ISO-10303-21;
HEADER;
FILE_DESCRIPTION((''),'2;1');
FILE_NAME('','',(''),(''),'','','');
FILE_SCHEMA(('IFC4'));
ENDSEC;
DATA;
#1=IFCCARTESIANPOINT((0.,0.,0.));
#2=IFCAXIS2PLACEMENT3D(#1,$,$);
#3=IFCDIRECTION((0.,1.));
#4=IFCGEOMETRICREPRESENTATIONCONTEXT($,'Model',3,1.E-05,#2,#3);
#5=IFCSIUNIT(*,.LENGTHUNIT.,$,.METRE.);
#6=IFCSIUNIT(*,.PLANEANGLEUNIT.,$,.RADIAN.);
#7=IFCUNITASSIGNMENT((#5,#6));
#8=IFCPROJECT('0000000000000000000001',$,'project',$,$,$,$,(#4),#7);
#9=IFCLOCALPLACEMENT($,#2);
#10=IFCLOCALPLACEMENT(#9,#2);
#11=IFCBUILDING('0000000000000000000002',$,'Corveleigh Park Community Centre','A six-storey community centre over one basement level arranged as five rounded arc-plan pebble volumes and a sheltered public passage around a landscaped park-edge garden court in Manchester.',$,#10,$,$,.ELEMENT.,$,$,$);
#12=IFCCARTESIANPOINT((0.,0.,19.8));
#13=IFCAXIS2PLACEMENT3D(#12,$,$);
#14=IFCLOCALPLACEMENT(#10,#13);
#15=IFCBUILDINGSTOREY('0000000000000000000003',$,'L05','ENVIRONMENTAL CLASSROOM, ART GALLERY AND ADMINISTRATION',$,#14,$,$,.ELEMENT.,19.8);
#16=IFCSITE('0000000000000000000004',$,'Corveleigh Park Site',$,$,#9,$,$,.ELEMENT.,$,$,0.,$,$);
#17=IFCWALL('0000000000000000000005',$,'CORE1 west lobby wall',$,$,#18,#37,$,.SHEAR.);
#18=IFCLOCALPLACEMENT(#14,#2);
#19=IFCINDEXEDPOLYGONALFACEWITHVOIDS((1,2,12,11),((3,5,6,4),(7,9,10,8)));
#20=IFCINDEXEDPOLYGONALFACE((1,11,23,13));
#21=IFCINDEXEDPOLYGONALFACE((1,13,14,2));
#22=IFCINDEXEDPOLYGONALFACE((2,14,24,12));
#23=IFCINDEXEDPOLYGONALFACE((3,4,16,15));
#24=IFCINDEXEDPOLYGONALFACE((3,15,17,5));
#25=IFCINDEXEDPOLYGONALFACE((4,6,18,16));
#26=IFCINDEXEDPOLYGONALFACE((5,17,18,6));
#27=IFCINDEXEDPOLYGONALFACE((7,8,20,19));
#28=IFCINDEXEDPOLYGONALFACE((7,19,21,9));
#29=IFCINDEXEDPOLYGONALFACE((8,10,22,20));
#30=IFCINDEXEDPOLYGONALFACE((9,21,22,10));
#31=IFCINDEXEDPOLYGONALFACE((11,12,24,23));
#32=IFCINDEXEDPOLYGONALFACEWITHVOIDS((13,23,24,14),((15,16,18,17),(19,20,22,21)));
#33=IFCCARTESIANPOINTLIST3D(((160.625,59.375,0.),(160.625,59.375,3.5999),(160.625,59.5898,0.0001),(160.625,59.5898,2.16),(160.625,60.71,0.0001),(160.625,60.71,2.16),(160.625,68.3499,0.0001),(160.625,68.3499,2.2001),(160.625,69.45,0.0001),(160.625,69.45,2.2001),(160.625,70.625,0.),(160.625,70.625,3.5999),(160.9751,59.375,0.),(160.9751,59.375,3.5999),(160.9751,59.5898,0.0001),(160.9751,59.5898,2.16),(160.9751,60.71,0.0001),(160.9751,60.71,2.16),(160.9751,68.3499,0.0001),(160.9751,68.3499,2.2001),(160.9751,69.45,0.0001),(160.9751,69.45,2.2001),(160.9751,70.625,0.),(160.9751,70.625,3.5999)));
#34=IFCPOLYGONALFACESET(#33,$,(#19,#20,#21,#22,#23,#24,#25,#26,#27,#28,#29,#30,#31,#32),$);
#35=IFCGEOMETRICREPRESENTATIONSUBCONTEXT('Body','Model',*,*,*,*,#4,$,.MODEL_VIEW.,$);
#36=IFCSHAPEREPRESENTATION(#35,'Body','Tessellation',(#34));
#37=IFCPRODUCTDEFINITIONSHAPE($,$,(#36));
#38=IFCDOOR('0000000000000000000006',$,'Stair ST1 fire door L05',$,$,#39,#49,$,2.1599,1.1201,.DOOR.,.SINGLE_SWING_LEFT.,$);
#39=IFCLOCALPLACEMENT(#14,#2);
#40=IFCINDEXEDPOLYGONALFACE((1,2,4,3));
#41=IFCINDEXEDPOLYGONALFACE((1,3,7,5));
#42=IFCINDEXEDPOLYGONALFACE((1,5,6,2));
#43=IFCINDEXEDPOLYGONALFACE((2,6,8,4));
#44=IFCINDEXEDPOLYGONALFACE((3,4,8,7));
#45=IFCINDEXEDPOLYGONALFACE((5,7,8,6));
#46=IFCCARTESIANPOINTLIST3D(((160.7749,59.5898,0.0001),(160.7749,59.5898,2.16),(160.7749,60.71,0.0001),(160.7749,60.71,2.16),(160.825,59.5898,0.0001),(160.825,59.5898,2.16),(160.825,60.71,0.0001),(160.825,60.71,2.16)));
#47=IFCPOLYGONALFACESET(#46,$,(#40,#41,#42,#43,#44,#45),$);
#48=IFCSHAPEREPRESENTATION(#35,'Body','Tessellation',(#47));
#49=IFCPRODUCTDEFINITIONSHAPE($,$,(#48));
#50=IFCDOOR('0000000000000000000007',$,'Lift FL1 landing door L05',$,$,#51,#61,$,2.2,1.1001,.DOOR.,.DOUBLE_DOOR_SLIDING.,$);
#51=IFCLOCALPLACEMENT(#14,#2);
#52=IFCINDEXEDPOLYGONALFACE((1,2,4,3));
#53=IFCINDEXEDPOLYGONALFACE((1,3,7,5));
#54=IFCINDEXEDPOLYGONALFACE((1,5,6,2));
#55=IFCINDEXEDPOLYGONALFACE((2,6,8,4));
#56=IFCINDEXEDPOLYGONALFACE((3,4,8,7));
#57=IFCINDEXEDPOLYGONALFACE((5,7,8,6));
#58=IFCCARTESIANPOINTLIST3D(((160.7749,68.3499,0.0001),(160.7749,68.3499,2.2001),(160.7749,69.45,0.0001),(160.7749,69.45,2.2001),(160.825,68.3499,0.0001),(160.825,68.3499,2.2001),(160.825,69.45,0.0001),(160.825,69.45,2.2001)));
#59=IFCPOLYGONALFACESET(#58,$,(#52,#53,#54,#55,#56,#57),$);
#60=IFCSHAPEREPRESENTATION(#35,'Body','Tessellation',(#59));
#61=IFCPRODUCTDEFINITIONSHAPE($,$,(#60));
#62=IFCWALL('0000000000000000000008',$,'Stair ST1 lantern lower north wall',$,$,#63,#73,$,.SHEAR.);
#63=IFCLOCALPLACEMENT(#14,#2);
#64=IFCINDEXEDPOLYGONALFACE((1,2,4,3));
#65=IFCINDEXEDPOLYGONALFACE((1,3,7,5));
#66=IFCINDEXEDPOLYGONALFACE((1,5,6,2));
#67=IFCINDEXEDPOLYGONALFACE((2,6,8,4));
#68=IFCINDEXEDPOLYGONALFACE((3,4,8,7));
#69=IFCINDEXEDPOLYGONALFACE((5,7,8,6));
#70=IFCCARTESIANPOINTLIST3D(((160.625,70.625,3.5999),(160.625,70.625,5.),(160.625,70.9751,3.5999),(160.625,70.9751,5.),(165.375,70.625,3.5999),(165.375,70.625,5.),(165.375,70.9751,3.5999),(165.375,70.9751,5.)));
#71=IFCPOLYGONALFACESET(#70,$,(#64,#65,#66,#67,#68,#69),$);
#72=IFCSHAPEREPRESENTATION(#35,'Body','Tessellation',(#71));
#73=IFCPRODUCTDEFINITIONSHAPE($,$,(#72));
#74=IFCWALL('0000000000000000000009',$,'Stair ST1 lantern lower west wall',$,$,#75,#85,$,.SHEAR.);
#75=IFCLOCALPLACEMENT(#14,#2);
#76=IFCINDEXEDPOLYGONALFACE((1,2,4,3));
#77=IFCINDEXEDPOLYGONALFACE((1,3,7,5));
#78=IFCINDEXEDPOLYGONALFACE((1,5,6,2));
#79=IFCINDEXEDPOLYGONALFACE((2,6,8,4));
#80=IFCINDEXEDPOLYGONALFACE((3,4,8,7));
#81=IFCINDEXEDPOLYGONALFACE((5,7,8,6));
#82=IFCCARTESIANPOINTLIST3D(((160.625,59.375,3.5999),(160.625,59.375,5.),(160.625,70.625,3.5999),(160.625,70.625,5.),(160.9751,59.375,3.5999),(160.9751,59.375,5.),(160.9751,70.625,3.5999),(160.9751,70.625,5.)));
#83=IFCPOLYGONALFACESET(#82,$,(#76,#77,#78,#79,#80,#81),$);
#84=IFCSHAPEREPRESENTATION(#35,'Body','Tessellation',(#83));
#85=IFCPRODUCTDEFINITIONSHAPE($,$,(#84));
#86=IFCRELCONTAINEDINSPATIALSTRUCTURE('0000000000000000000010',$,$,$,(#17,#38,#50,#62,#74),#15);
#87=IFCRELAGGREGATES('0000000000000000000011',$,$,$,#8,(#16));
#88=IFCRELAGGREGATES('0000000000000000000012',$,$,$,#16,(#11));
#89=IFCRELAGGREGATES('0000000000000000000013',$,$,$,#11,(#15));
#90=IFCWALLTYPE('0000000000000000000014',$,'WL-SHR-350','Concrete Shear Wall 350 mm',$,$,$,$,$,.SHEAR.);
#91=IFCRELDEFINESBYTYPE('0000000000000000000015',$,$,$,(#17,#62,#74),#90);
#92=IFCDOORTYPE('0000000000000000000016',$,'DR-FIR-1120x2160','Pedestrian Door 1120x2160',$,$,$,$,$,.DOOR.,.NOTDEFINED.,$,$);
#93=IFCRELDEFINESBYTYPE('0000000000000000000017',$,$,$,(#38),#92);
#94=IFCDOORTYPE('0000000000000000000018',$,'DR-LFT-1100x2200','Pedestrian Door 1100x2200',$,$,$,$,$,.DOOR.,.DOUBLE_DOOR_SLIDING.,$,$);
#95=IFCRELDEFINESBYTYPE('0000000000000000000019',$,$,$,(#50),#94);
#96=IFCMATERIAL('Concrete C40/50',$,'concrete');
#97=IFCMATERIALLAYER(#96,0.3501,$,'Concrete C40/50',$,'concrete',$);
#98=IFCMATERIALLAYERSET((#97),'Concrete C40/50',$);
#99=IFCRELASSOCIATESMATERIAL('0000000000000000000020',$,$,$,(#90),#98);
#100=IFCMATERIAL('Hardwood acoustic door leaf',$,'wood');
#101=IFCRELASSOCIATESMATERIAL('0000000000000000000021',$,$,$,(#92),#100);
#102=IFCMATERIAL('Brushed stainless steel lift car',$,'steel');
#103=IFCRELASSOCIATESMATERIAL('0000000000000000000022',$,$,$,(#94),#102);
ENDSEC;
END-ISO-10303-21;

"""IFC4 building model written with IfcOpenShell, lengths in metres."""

from ifc_helpers import new_model, si_unit, direction, frame, frame_2d, origin, place, context, subcontext, project, spatial, rectangle, extrude, material, layer, layer_set, type_object, element, fill, save


model = new_model("IFC4")

# Units and contexts
model_context = context("Model", 3, precision=1e-05, world=origin(), true_north=direction((0.0, 1.0)))
body_context = subcontext(model_context, "Body", "Model", "MODEL_VIEW")
ifc_project = project(units=[si_unit("LENGTHUNIT", "METRE"), si_unit("PLANEANGLEUNIT", "RADIAN")], contexts=[model_context])

# Site, building, storey
site_placement = place(None, origin())
site = spatial("IfcSite", under=ifc_project, at=site_placement, Name="Corveleigh Park Site", CompositionType="ELEMENT", RefElevation=0.0)
building_placement = place(site_placement, origin())
building = spatial("IfcBuilding", under=site, at=building_placement, Name="Corveleigh Park Community Centre", Description="A six-storey community centre over one basement level arranged as five rounded arc-plan pebble volumes and a sheltered public passage around a landscaped park-edge garden court in Manchester.", CompositionType="ELEMENT")
storey_placement = place(building_placement, frame((0.0, 0.0, 19.8)))
storey = spatial("IfcBuildingStorey", under=building, at=storey_placement, Name="L05", Description="ENVIRONMENTAL CLASSROOM, ART GALLERY AND ADMINISTRATION", CompositionType="ELEMENT", Elevation=19.8)

# Shared definitions
ifc_material_1 = material(Name="Concrete C40/50", Category="concrete")
ifc_layer_1 = layer(ifc_material_1, 0.3501, Name="Concrete C40/50", Category="concrete")
ifc_layer_set_1 = layer_set([ifc_layer_1], Name="Concrete C40/50")
wall_type_1 = type_object("IfcWallType", Name="WL-SHR-350", Description="Concrete Shear Wall 350 mm", PredefinedType="SHEAR", material=ifc_layer_set_1)

# Wall, openings, doors
wall_1_placement = place(storey_placement, frame((160.8, 70.625, 0.0), z_axis=(0.0, 0.0, 1.0), x_axis=(0.0, -1.0, 0.0)))
wall_1 = element("IfcWall", 1, at=wall_1_placement, inside=storey, type_object=wall_type_1, Name="CORE1 west lobby wall", PredefinedType="SHEAR", context=body_context, shape_type="SweptSolid", body=[
    extrude(rectangle(XDim=11.25, YDim=0.3501, at=frame_2d((5.625, 0.0))), origin(), (0.0, 0.0, 1.0), 3.5999),
])
opening_1_placement = place(wall_1_placement, frame((1.175, 0.0, 0.0)))
opening_1 = element("IfcOpeningElement", 2, at=opening_1_placement, cuts=wall_1, PredefinedType="OPENING", context=body_context, shape_type="SweptSolid", body=[
    extrude(rectangle(XDim=1.1001, YDim=2.2, at=frame_2d((0.55, 1.1001))), frame((0.0, 0.1851, 0.0), z_axis=(0.0, -1.0, 0.0), x_axis=(1.0, 0.0, 0.0)), (0.0, 0.0, 1.0), 0.3701),
])
opening_2_placement = place(wall_1_placement, frame((9.915, 0.0, 0.0)))
opening_2 = element("IfcOpeningElement", 3, at=opening_2_placement, cuts=wall_1, PredefinedType="OPENING", context=body_context, shape_type="SweptSolid", body=[
    extrude(rectangle(XDim=1.1201, YDim=2.1599, at=frame_2d((0.5601, 1.0801))), frame((0.0, 0.1851, 0.0), z_axis=(0.0, -1.0, 0.0), x_axis=(1.0, 0.0, 0.0)), (0.0, 0.0, 1.0), 0.3701),
])
ifc_material_2 = material(Name="Hardwood acoustic door leaf", Category="wood")
door_type_1 = type_object("IfcDoorType", Name="DR-FIR-1120x2160", Description="Pedestrian Door 1120x2160", OperationType="NOTDEFINED", PredefinedType="DOOR", material=ifc_material_2)
door_1_placement = place(opening_2_placement, origin())
door_1 = element("IfcDoor", 4, at=door_1_placement, inside=storey, type_object=door_type_1, Name="Stair ST1 fire door L05", OperationType="SINGLE_SWING_LEFT", OverallHeight=2.1599, OverallWidth=1.1201, PredefinedType="DOOR", context=body_context, shape_type="SweptSolid", body=[
    extrude(rectangle(XDim=1.1201, YDim=2.1599, at=frame_2d((0.5601, 1.0801))), frame((0.0, 0.0249, 0.0), z_axis=(0.0, -1.0, 0.0), x_axis=(1.0, 0.0, 0.0)), (0.0, 0.0, 1.0), 0.05),
])
fill(opening_2, door_1)
ifc_material_3 = material(Name="Brushed stainless steel lift car", Category="steel")
door_type_2 = type_object("IfcDoorType", Name="DR-LFT-1100x2200", Description="Pedestrian Door 1100x2200", OperationType="DOUBLE_DOOR_SLIDING", PredefinedType="DOOR", material=ifc_material_3)
door_2_placement = place(opening_1_placement, origin())
door_2 = element("IfcDoor", 5, at=door_2_placement, inside=storey, type_object=door_type_2, Name="Lift FL1 landing door L05", OperationType="DOUBLE_DOOR_SLIDING", OverallHeight=2.2, OverallWidth=1.1001, PredefinedType="DOOR", context=body_context, shape_type="SweptSolid", body=[
    extrude(rectangle(XDim=1.1001, YDim=2.2, at=frame_2d((0.55, 1.1001))), frame((0.0, 0.0249, 0.0), z_axis=(0.0, -1.0, 0.0), x_axis=(1.0, 0.0, 0.0)), (0.0, 0.0, 1.0), 0.05),
])
fill(opening_1, door_2)

# Walls
wall_2_placement = place(storey_placement, frame((165.375, 70.8, 3.5999), z_axis=(0.0, 0.0, 1.0), x_axis=(-1.0, 0.0, 0.0)))
element("IfcWall", 6, at=wall_2_placement, inside=storey, type_object=wall_type_1, Name="Stair ST1 lantern lower north wall", PredefinedType="SHEAR", context=body_context, shape_type="SweptSolid", body=[
    extrude(rectangle(XDim=4.75, YDim=0.3501, at=frame_2d((2.375, 0.0))), origin(), (0.0, 0.0, 1.0), 1.4001),
])
wall_3_placement = place(storey_placement, frame((160.8, 70.625, 3.5999), z_axis=(0.0, 0.0, 1.0), x_axis=(0.0, -1.0, 0.0)))
element("IfcWall", 7, at=wall_3_placement, inside=storey, type_object=wall_type_1, Name="Stair ST1 lantern lower west wall", PredefinedType="SHEAR", context=body_context, shape_type="SweptSolid", body=[
    extrude(rectangle(XDim=11.25, YDim=0.3501, at=frame_2d((5.625, 0.0))), origin(), (0.0, 0.0, 1.0), 1.4001),
])

save(model, "model.ifc")
